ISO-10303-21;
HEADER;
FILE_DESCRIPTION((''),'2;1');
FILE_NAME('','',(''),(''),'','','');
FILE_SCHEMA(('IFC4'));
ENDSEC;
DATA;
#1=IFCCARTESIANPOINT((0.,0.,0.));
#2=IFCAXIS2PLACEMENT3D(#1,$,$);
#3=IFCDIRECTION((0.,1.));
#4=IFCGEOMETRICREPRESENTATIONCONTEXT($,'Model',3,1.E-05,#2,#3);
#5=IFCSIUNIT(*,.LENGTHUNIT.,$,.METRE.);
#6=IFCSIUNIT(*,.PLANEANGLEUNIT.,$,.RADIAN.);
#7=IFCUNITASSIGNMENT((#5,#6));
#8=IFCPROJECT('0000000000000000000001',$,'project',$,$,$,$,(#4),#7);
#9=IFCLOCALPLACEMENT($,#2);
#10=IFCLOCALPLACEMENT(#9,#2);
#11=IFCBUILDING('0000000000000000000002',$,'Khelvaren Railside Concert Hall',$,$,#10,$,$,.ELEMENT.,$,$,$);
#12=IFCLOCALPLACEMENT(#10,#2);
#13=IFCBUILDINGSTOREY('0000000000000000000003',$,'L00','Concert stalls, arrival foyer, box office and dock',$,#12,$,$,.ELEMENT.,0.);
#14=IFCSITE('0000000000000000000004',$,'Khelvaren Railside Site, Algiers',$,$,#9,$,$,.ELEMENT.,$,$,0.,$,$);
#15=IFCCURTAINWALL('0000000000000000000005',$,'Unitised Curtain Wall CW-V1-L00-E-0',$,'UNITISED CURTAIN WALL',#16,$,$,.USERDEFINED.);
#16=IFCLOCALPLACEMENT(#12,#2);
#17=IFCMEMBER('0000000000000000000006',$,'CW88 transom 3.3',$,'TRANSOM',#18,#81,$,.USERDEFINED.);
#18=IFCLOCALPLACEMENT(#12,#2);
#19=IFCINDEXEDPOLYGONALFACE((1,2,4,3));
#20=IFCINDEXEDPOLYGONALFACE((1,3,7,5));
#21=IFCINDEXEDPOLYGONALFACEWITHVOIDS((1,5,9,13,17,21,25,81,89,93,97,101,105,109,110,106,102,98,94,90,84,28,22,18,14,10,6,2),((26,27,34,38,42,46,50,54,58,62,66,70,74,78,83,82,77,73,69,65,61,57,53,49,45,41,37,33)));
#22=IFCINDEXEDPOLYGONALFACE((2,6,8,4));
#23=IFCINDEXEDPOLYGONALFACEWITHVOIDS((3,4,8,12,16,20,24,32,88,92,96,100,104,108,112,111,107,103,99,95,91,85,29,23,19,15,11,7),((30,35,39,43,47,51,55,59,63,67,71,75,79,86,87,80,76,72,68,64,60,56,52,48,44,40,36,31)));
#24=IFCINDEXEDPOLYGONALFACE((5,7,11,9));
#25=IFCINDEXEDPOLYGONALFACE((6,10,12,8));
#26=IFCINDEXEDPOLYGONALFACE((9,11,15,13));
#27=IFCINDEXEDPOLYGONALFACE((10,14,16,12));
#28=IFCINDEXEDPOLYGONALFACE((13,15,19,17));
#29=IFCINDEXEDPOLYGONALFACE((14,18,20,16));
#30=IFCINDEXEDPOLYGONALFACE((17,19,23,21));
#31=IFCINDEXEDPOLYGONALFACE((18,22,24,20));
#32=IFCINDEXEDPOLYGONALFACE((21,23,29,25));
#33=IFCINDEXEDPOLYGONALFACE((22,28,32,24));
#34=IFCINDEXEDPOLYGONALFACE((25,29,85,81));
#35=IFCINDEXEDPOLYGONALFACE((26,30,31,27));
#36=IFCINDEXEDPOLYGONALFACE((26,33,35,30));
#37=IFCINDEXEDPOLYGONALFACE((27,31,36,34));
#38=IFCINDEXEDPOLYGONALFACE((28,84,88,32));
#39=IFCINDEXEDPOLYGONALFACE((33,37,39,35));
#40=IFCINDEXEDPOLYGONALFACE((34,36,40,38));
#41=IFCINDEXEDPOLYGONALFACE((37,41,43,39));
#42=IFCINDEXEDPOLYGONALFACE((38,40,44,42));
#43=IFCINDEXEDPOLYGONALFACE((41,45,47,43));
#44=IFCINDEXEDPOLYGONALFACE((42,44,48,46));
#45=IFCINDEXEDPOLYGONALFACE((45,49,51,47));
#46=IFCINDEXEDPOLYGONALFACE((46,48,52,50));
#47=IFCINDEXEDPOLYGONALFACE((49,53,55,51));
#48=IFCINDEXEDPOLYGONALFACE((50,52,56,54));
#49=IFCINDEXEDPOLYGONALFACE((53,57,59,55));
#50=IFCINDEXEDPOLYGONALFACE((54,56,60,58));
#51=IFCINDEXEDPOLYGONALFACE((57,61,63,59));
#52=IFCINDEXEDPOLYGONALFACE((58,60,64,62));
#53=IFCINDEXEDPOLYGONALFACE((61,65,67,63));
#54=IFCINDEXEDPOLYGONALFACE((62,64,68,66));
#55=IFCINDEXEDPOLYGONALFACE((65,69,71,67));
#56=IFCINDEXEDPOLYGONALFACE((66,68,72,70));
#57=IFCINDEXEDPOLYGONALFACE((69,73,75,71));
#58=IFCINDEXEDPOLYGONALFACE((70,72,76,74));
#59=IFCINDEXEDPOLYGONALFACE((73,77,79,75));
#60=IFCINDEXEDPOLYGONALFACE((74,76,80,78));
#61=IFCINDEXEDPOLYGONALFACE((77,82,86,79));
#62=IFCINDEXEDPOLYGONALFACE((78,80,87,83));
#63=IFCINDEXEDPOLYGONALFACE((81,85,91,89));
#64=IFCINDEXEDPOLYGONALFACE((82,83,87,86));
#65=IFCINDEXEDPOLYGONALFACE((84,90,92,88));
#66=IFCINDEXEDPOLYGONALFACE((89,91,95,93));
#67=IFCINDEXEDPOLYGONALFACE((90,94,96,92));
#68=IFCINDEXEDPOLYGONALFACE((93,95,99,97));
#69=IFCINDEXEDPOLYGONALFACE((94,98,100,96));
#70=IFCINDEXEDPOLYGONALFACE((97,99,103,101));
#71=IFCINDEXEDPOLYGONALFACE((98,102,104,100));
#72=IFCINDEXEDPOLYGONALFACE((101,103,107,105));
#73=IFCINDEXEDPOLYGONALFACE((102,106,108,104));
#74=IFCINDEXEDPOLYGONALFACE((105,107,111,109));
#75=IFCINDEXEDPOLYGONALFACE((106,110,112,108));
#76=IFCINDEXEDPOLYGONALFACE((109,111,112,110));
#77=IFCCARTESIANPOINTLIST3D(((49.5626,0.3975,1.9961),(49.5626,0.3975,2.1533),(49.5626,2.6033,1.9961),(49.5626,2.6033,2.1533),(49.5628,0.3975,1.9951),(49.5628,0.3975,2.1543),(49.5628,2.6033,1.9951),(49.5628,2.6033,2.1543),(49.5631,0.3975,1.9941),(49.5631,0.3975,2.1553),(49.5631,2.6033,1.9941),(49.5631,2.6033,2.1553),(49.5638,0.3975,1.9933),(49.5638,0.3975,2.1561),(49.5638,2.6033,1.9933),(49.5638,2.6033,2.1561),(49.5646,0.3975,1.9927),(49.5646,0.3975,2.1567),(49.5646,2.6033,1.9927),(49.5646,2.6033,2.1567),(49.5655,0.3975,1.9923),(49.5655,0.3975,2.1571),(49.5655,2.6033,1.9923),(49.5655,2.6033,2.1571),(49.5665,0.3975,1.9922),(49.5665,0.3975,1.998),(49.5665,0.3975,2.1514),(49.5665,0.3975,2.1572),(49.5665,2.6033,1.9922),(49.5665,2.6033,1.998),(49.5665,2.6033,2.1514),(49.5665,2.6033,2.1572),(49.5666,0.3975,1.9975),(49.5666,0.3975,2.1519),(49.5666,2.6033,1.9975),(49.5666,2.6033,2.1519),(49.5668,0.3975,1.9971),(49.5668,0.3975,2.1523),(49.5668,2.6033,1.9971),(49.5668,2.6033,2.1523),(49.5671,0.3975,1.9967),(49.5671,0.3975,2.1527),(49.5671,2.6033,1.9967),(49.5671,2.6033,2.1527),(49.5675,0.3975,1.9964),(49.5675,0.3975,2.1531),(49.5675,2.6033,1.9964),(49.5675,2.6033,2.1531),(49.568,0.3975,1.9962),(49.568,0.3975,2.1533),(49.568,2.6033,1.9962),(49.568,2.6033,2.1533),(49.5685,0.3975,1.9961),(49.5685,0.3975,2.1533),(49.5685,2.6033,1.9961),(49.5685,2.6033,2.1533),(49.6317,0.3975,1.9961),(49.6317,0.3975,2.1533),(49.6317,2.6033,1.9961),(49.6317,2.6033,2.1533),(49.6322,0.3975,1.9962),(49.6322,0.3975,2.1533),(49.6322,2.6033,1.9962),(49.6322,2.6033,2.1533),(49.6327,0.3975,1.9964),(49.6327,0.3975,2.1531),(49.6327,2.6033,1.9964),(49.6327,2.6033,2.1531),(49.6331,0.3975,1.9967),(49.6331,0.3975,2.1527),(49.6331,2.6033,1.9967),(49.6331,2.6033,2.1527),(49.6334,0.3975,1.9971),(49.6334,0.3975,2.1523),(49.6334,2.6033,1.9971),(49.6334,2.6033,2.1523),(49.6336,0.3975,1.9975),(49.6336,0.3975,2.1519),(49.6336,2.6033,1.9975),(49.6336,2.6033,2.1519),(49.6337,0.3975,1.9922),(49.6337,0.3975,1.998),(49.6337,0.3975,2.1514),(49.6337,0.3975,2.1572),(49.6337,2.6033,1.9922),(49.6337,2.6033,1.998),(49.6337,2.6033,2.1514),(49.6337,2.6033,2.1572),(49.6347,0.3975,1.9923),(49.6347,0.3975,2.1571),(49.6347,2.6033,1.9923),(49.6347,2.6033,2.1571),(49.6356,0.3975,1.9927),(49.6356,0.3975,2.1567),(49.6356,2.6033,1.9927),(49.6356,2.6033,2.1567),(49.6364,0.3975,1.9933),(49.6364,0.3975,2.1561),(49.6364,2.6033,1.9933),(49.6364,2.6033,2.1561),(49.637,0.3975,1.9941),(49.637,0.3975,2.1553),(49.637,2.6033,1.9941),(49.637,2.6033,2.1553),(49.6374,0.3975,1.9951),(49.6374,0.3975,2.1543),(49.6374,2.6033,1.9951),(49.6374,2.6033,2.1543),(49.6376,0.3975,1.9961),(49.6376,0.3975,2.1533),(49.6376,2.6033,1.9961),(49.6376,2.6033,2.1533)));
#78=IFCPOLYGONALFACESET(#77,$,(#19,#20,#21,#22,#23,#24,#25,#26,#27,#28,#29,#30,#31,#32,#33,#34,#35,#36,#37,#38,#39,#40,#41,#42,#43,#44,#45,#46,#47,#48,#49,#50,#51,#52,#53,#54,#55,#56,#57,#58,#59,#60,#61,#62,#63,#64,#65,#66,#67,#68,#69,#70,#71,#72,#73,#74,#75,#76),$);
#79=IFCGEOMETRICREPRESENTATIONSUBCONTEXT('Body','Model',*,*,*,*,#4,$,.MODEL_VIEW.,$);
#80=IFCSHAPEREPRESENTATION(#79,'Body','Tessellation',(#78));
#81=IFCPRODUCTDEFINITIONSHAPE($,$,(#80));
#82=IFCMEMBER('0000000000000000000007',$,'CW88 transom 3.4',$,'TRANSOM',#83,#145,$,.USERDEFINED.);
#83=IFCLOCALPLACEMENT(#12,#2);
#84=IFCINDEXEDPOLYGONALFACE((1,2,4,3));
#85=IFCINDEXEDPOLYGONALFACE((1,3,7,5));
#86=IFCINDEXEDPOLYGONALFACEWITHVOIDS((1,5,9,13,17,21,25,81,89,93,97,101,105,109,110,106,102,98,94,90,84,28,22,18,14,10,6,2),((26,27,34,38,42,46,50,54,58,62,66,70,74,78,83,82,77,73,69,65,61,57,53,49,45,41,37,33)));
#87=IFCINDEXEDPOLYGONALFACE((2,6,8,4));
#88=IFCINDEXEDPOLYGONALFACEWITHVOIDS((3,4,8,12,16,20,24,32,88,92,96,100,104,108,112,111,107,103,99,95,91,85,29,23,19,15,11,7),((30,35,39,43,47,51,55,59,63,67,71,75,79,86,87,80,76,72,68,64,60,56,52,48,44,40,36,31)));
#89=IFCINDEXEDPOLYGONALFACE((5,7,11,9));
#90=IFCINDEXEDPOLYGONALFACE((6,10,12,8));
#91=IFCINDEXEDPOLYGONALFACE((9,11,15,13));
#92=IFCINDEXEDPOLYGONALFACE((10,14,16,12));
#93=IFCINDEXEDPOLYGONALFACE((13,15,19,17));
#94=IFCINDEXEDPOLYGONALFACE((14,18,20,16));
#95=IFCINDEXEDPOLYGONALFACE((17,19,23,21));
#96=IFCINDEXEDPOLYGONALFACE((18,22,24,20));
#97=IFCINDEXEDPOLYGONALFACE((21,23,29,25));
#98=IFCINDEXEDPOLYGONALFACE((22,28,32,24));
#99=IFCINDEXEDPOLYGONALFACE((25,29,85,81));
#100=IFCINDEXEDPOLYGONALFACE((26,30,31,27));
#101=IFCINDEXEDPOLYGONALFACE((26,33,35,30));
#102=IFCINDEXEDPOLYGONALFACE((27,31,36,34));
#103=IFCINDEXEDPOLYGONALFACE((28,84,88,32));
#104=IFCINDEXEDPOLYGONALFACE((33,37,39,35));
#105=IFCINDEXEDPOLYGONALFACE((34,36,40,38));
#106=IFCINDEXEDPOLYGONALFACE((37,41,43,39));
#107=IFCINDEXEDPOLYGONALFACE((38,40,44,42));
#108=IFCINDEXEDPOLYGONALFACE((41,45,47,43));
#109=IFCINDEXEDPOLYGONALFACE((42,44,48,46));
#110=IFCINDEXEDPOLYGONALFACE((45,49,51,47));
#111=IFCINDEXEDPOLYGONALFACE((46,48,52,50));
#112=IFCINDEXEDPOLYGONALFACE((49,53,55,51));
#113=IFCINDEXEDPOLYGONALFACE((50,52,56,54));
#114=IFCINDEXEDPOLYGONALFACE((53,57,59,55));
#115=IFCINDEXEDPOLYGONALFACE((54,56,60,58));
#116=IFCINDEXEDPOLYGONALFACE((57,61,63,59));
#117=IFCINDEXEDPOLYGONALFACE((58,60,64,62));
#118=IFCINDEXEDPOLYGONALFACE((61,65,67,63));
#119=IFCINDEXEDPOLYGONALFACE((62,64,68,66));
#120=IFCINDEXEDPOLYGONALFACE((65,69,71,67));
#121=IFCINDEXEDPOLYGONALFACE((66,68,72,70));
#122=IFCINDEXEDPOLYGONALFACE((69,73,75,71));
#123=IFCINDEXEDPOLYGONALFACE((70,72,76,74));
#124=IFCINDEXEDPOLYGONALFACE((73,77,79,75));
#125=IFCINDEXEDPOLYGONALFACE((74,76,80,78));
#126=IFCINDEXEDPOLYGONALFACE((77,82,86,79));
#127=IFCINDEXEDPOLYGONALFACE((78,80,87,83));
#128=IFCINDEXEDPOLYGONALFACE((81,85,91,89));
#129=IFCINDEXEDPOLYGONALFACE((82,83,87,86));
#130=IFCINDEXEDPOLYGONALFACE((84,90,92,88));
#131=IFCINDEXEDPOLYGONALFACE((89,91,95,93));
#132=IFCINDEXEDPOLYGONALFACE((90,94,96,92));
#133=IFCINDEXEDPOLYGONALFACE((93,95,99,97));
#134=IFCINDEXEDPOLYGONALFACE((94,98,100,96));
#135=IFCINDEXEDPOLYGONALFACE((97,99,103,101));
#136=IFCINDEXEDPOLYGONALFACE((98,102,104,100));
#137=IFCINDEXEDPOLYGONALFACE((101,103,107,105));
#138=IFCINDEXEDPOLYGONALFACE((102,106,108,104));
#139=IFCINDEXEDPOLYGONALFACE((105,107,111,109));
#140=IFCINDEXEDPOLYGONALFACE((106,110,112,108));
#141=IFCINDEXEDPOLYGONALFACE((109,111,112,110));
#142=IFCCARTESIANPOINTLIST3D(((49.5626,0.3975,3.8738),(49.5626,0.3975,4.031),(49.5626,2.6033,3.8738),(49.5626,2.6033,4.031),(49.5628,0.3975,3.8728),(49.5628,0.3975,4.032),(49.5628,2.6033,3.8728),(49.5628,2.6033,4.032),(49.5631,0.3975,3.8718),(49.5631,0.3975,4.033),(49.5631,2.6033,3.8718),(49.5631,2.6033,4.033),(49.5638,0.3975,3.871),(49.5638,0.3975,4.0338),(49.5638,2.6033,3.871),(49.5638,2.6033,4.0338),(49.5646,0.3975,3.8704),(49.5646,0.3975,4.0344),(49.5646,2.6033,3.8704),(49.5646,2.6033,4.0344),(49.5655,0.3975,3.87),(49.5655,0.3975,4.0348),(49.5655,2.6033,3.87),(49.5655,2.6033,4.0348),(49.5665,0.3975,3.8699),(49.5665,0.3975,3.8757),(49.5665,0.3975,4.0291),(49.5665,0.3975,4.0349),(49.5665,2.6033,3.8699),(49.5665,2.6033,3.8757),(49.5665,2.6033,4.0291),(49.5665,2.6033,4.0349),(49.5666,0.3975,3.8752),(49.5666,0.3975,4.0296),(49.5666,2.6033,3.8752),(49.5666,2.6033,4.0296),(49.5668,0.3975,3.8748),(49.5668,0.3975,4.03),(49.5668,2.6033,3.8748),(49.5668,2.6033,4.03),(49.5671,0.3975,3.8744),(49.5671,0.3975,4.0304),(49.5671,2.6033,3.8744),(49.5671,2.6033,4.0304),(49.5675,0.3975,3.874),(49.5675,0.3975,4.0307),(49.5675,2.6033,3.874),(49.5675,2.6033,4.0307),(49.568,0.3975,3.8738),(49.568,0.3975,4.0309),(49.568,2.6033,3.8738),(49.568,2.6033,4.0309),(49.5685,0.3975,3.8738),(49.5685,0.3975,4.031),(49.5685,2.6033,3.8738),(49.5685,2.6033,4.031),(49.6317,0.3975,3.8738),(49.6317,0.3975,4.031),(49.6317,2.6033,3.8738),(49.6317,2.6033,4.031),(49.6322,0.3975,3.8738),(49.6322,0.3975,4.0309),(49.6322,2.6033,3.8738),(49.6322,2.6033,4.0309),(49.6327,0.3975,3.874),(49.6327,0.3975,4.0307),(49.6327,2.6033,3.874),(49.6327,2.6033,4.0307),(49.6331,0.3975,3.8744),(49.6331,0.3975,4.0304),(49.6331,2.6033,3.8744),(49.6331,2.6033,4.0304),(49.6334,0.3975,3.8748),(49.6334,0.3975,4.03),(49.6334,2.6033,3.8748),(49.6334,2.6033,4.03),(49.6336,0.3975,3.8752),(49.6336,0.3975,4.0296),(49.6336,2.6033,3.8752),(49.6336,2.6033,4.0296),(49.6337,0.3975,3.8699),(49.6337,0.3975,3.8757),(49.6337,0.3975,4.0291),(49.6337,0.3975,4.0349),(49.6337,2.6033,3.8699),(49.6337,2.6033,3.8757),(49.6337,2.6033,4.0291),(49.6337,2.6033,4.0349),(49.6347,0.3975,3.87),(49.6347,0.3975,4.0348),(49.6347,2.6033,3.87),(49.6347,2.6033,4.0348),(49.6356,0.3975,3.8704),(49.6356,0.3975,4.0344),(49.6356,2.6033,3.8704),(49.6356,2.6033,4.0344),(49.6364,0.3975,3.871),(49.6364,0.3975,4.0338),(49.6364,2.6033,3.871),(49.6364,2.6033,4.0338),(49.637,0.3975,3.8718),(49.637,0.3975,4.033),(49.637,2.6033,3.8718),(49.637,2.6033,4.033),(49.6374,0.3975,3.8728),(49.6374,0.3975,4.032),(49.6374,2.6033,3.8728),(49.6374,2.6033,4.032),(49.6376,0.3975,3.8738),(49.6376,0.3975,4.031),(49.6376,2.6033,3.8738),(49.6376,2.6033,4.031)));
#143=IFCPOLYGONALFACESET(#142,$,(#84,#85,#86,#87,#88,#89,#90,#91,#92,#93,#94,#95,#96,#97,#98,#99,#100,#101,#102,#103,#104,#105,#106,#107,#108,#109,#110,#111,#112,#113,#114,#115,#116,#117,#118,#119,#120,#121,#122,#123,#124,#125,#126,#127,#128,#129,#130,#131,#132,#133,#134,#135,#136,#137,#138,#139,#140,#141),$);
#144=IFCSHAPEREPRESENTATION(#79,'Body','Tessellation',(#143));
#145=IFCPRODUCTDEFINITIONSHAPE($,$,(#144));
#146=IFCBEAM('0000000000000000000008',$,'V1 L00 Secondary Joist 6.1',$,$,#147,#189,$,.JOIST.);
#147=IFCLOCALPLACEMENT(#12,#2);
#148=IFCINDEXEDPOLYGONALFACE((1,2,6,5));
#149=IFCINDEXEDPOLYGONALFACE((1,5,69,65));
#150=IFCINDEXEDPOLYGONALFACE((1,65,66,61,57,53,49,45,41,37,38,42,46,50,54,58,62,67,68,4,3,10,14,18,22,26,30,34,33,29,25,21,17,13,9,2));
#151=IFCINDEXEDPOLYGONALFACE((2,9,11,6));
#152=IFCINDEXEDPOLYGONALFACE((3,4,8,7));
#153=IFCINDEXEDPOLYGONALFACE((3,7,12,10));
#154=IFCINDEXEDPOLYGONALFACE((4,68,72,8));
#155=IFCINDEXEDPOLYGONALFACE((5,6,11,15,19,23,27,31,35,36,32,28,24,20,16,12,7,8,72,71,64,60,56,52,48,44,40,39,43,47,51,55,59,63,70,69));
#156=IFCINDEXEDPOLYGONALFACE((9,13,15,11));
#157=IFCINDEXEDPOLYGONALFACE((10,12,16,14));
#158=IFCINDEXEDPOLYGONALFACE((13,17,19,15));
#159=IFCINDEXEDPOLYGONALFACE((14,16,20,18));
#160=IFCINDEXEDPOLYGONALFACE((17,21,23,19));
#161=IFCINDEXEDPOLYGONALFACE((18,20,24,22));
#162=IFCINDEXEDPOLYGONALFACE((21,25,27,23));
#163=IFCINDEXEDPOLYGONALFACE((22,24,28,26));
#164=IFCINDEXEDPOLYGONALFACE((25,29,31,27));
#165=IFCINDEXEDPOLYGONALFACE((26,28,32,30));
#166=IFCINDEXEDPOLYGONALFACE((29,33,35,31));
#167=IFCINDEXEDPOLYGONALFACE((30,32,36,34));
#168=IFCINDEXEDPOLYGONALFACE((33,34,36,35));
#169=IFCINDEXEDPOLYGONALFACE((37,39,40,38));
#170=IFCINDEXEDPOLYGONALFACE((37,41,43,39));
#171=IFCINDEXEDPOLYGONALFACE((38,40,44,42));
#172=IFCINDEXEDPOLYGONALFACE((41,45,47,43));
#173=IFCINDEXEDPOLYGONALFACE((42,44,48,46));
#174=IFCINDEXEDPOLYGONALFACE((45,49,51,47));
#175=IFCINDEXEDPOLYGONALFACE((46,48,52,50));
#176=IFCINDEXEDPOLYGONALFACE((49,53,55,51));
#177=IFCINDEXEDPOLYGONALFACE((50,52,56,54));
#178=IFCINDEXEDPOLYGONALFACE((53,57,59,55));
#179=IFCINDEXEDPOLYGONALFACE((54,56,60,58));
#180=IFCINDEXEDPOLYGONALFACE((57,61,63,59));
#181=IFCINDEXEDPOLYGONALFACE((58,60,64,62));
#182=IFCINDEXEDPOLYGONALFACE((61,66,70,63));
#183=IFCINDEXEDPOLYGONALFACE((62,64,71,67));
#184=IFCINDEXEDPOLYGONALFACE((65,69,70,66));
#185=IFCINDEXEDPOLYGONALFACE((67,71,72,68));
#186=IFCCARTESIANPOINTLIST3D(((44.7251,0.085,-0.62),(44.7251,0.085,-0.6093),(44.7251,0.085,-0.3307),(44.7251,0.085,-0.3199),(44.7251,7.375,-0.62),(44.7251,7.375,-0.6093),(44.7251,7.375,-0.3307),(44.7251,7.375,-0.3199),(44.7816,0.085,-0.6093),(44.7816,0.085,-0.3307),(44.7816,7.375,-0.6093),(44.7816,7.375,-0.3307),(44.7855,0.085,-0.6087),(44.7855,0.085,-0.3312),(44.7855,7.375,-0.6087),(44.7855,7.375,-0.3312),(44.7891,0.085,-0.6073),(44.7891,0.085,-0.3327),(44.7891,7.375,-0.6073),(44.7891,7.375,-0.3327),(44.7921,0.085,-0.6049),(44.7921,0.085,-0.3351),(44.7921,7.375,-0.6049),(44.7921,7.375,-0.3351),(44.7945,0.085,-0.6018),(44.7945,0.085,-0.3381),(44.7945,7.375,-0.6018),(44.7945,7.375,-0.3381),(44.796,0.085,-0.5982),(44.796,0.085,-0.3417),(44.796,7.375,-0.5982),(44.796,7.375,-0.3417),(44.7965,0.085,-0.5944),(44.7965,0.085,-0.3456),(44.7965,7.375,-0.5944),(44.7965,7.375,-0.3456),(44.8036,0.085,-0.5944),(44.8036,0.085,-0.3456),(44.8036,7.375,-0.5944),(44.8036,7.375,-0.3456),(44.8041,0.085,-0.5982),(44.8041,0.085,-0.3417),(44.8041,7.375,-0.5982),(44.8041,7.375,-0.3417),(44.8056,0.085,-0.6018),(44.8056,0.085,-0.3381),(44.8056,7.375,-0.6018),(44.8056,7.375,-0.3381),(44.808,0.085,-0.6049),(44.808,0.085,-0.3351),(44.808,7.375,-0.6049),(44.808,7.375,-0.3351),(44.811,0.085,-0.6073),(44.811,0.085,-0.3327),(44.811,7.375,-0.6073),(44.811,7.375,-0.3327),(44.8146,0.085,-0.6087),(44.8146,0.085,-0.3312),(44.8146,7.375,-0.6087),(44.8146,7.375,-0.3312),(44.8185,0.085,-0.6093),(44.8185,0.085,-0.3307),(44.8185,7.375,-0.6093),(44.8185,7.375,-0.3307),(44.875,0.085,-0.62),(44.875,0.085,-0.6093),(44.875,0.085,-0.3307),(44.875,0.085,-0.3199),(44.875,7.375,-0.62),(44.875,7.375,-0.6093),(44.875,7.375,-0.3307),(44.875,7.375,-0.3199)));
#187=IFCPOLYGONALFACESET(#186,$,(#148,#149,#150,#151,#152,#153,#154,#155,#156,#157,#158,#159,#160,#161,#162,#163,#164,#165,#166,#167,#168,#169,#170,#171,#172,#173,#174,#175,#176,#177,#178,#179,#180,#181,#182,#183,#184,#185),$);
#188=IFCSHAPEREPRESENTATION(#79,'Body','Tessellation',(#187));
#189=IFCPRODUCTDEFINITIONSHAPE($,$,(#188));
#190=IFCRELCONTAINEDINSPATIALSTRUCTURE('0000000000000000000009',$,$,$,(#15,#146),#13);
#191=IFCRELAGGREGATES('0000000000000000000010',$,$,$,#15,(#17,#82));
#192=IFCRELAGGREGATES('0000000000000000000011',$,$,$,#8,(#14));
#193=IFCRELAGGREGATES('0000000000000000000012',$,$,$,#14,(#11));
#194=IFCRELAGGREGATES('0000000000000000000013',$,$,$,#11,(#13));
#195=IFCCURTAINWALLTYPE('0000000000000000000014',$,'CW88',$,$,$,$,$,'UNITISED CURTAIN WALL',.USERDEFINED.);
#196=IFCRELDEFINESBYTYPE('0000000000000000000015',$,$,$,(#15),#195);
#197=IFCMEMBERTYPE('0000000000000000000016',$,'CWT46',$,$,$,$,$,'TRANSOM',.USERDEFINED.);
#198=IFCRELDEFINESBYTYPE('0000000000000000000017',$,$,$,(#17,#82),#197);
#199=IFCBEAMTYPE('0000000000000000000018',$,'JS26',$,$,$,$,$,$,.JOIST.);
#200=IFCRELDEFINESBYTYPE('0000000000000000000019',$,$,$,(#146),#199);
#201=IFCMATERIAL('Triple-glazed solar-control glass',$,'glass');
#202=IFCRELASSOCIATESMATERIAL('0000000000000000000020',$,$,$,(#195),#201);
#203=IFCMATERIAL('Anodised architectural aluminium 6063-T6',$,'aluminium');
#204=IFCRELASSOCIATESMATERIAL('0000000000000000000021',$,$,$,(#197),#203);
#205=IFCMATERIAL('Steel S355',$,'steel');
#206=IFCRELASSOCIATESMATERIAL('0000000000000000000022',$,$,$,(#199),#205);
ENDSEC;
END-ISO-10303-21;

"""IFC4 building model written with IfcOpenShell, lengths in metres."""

from ifc_helpers import new_model, si_unit, direction, frame, origin, origin_2d, place, context, subcontext, project, spatial, hollow_rectangle, i_section, extrude, material, material_profile, profile_set, type_object, element, aggregate, save


model = new_model("IFC4")

# Units and contexts
model_context = context("Model", 3, precision=1e-05, world=origin(), true_north=direction((0.0, 1.0)))
body_context = subcontext(model_context, "Body", "Model", "MODEL_VIEW")
ifc_project = project(units=[si_unit("LENGTHUNIT", "METRE"), si_unit("PLANEANGLEUNIT", "RADIAN")], contexts=[model_context])

# Site, building, storey
site_placement = place(None, origin())
site = spatial("IfcSite", under=ifc_project, at=site_placement, Name="Khelvaren Railside Site, Algiers", CompositionType="ELEMENT", RefElevation=0.0)
building_placement = place(site_placement, origin())
building = spatial("IfcBuilding", under=site, at=building_placement, Name="Khelvaren Railside Concert Hall", CompositionType="ELEMENT")
storey_placement = place(building_placement, origin())
storey = spatial("IfcBuildingStorey", under=building, at=storey_placement, Name="L00", Description="Concert stalls, arrival foyer, box office and dock", CompositionType="ELEMENT", Elevation=0.0)

# Shared definitions
ifc_material_1 = material(Name="Steel S355", Category="steel")

# Curtain wall, members
ifc_material_2 = material(Name="Triple-glazed solar-control glass", Category="glass")
curtain_wall_type = type_object("IfcCurtainWallType", Name="CW88", ElementType="UNITISED CURTAIN WALL", PredefinedType="USERDEFINED", material=ifc_material_2)
curtain_wall_placement = place(storey_placement, origin())
curtain_wall = element("IfcCurtainWall", 1, at=curtain_wall_placement, inside=storey, type_object=curtain_wall_type, Name="Unitised Curtain Wall CW-V1-L00-E-0", ObjectType="UNITISED CURTAIN WALL", PredefinedType="USERDEFINED")
ifc_material_3 = material(Name="Anodised architectural aluminium 6063-T6", Category="aluminium")
ifc_material_profile_1 = material_profile(ifc_material_3, hollow_rectangle(XDim=0.075, YDim=0.165, WallThickness=0.0039, InnerFilletRadius=0.002, OuterFilletRadius=0.0039, at=origin_2d()), Name="CWT 75x165x4")
ifc_profile_set_1 = profile_set([ifc_material_profile_1], Name="Anodised architectural aluminium 6063-T6")
member_type_1 = type_object("IfcMemberType", Name="CWT46", ElementType="TRANSOM", PredefinedType="USERDEFINED", material=ifc_profile_set_1)
member_1_placement = place(storey_placement, frame((49.6001, 2.6033, 2.0747), z_axis=(0.0, -1.0, 0.0), x_axis=(1.0, 0.0, 0.0)))
member_1 = element("IfcMember", 2, at=member_1_placement, type_object=member_type_1, Name="CW88 transom 3.3", ObjectType="TRANSOM", PredefinedType="USERDEFINED", context=body_context, shape_type="SweptSolid", body=[
    extrude(hollow_rectangle(XDim=0.075, YDim=0.165, WallThickness=0.0039, InnerFilletRadius=0.002, OuterFilletRadius=0.0039, at=origin_2d()), origin(), (0.0, 0.0, 1.0), 2.2058),
])
member_2_placement = place(storey_placement, frame((49.6001, 2.6033, 3.9524), z_axis=(0.0, -1.0, 0.0), x_axis=(1.0, 0.0, 0.0)))
member_2 = element("IfcMember", 3, at=member_2_placement, type_object=member_type_1, Name="CW88 transom 3.4", ObjectType="TRANSOM", PredefinedType="USERDEFINED", context=body_context, shape_type="SweptSolid", body=[
    extrude(hollow_rectangle(XDim=0.075, YDim=0.165, WallThickness=0.0039, InnerFilletRadius=0.002, OuterFilletRadius=0.0039, at=origin_2d()), origin(), (0.0, 0.0, 1.0), 2.2058),
])

# Beam
ifc_material_profile_2 = material_profile(ifc_material_1, i_section(OverallWidth=0.1499, OverallDepth=0.3, WebThickness=0.0071, FlangeThickness=0.0107, FilletRadius=0.0149, at=origin_2d()), Name="IPE 300")
ifc_profile_set_2 = profile_set([ifc_material_profile_2], Name="Steel S355")
beam_type_1 = type_object("IfcBeamType", Name="JS26", PredefinedType="JOIST", material=ifc_profile_set_2)
beam_1_placement = place(storey_placement, frame((44.8, 0.085, -0.47), z_axis=(0.0, 1.0, 0.0), x_axis=(-1.0, 0.0, 0.0)))
element("IfcBeam", 4, at=beam_1_placement, inside=storey, type_object=beam_type_1, Name="V1 L00 Secondary Joist 6.1", PredefinedType="JOIST", context=body_context, shape_type="SweptSolid", body=[
    extrude(i_section(OverallWidth=0.1499, OverallDepth=0.3, WebThickness=0.0071, FlangeThickness=0.0107, FilletRadius=0.0149, at=origin_2d()), origin(), (0.0, 0.0, 1.0), 7.29),
])

aggregate(curtain_wall, [member_1, member_2])

save(model, "model.ifc")
